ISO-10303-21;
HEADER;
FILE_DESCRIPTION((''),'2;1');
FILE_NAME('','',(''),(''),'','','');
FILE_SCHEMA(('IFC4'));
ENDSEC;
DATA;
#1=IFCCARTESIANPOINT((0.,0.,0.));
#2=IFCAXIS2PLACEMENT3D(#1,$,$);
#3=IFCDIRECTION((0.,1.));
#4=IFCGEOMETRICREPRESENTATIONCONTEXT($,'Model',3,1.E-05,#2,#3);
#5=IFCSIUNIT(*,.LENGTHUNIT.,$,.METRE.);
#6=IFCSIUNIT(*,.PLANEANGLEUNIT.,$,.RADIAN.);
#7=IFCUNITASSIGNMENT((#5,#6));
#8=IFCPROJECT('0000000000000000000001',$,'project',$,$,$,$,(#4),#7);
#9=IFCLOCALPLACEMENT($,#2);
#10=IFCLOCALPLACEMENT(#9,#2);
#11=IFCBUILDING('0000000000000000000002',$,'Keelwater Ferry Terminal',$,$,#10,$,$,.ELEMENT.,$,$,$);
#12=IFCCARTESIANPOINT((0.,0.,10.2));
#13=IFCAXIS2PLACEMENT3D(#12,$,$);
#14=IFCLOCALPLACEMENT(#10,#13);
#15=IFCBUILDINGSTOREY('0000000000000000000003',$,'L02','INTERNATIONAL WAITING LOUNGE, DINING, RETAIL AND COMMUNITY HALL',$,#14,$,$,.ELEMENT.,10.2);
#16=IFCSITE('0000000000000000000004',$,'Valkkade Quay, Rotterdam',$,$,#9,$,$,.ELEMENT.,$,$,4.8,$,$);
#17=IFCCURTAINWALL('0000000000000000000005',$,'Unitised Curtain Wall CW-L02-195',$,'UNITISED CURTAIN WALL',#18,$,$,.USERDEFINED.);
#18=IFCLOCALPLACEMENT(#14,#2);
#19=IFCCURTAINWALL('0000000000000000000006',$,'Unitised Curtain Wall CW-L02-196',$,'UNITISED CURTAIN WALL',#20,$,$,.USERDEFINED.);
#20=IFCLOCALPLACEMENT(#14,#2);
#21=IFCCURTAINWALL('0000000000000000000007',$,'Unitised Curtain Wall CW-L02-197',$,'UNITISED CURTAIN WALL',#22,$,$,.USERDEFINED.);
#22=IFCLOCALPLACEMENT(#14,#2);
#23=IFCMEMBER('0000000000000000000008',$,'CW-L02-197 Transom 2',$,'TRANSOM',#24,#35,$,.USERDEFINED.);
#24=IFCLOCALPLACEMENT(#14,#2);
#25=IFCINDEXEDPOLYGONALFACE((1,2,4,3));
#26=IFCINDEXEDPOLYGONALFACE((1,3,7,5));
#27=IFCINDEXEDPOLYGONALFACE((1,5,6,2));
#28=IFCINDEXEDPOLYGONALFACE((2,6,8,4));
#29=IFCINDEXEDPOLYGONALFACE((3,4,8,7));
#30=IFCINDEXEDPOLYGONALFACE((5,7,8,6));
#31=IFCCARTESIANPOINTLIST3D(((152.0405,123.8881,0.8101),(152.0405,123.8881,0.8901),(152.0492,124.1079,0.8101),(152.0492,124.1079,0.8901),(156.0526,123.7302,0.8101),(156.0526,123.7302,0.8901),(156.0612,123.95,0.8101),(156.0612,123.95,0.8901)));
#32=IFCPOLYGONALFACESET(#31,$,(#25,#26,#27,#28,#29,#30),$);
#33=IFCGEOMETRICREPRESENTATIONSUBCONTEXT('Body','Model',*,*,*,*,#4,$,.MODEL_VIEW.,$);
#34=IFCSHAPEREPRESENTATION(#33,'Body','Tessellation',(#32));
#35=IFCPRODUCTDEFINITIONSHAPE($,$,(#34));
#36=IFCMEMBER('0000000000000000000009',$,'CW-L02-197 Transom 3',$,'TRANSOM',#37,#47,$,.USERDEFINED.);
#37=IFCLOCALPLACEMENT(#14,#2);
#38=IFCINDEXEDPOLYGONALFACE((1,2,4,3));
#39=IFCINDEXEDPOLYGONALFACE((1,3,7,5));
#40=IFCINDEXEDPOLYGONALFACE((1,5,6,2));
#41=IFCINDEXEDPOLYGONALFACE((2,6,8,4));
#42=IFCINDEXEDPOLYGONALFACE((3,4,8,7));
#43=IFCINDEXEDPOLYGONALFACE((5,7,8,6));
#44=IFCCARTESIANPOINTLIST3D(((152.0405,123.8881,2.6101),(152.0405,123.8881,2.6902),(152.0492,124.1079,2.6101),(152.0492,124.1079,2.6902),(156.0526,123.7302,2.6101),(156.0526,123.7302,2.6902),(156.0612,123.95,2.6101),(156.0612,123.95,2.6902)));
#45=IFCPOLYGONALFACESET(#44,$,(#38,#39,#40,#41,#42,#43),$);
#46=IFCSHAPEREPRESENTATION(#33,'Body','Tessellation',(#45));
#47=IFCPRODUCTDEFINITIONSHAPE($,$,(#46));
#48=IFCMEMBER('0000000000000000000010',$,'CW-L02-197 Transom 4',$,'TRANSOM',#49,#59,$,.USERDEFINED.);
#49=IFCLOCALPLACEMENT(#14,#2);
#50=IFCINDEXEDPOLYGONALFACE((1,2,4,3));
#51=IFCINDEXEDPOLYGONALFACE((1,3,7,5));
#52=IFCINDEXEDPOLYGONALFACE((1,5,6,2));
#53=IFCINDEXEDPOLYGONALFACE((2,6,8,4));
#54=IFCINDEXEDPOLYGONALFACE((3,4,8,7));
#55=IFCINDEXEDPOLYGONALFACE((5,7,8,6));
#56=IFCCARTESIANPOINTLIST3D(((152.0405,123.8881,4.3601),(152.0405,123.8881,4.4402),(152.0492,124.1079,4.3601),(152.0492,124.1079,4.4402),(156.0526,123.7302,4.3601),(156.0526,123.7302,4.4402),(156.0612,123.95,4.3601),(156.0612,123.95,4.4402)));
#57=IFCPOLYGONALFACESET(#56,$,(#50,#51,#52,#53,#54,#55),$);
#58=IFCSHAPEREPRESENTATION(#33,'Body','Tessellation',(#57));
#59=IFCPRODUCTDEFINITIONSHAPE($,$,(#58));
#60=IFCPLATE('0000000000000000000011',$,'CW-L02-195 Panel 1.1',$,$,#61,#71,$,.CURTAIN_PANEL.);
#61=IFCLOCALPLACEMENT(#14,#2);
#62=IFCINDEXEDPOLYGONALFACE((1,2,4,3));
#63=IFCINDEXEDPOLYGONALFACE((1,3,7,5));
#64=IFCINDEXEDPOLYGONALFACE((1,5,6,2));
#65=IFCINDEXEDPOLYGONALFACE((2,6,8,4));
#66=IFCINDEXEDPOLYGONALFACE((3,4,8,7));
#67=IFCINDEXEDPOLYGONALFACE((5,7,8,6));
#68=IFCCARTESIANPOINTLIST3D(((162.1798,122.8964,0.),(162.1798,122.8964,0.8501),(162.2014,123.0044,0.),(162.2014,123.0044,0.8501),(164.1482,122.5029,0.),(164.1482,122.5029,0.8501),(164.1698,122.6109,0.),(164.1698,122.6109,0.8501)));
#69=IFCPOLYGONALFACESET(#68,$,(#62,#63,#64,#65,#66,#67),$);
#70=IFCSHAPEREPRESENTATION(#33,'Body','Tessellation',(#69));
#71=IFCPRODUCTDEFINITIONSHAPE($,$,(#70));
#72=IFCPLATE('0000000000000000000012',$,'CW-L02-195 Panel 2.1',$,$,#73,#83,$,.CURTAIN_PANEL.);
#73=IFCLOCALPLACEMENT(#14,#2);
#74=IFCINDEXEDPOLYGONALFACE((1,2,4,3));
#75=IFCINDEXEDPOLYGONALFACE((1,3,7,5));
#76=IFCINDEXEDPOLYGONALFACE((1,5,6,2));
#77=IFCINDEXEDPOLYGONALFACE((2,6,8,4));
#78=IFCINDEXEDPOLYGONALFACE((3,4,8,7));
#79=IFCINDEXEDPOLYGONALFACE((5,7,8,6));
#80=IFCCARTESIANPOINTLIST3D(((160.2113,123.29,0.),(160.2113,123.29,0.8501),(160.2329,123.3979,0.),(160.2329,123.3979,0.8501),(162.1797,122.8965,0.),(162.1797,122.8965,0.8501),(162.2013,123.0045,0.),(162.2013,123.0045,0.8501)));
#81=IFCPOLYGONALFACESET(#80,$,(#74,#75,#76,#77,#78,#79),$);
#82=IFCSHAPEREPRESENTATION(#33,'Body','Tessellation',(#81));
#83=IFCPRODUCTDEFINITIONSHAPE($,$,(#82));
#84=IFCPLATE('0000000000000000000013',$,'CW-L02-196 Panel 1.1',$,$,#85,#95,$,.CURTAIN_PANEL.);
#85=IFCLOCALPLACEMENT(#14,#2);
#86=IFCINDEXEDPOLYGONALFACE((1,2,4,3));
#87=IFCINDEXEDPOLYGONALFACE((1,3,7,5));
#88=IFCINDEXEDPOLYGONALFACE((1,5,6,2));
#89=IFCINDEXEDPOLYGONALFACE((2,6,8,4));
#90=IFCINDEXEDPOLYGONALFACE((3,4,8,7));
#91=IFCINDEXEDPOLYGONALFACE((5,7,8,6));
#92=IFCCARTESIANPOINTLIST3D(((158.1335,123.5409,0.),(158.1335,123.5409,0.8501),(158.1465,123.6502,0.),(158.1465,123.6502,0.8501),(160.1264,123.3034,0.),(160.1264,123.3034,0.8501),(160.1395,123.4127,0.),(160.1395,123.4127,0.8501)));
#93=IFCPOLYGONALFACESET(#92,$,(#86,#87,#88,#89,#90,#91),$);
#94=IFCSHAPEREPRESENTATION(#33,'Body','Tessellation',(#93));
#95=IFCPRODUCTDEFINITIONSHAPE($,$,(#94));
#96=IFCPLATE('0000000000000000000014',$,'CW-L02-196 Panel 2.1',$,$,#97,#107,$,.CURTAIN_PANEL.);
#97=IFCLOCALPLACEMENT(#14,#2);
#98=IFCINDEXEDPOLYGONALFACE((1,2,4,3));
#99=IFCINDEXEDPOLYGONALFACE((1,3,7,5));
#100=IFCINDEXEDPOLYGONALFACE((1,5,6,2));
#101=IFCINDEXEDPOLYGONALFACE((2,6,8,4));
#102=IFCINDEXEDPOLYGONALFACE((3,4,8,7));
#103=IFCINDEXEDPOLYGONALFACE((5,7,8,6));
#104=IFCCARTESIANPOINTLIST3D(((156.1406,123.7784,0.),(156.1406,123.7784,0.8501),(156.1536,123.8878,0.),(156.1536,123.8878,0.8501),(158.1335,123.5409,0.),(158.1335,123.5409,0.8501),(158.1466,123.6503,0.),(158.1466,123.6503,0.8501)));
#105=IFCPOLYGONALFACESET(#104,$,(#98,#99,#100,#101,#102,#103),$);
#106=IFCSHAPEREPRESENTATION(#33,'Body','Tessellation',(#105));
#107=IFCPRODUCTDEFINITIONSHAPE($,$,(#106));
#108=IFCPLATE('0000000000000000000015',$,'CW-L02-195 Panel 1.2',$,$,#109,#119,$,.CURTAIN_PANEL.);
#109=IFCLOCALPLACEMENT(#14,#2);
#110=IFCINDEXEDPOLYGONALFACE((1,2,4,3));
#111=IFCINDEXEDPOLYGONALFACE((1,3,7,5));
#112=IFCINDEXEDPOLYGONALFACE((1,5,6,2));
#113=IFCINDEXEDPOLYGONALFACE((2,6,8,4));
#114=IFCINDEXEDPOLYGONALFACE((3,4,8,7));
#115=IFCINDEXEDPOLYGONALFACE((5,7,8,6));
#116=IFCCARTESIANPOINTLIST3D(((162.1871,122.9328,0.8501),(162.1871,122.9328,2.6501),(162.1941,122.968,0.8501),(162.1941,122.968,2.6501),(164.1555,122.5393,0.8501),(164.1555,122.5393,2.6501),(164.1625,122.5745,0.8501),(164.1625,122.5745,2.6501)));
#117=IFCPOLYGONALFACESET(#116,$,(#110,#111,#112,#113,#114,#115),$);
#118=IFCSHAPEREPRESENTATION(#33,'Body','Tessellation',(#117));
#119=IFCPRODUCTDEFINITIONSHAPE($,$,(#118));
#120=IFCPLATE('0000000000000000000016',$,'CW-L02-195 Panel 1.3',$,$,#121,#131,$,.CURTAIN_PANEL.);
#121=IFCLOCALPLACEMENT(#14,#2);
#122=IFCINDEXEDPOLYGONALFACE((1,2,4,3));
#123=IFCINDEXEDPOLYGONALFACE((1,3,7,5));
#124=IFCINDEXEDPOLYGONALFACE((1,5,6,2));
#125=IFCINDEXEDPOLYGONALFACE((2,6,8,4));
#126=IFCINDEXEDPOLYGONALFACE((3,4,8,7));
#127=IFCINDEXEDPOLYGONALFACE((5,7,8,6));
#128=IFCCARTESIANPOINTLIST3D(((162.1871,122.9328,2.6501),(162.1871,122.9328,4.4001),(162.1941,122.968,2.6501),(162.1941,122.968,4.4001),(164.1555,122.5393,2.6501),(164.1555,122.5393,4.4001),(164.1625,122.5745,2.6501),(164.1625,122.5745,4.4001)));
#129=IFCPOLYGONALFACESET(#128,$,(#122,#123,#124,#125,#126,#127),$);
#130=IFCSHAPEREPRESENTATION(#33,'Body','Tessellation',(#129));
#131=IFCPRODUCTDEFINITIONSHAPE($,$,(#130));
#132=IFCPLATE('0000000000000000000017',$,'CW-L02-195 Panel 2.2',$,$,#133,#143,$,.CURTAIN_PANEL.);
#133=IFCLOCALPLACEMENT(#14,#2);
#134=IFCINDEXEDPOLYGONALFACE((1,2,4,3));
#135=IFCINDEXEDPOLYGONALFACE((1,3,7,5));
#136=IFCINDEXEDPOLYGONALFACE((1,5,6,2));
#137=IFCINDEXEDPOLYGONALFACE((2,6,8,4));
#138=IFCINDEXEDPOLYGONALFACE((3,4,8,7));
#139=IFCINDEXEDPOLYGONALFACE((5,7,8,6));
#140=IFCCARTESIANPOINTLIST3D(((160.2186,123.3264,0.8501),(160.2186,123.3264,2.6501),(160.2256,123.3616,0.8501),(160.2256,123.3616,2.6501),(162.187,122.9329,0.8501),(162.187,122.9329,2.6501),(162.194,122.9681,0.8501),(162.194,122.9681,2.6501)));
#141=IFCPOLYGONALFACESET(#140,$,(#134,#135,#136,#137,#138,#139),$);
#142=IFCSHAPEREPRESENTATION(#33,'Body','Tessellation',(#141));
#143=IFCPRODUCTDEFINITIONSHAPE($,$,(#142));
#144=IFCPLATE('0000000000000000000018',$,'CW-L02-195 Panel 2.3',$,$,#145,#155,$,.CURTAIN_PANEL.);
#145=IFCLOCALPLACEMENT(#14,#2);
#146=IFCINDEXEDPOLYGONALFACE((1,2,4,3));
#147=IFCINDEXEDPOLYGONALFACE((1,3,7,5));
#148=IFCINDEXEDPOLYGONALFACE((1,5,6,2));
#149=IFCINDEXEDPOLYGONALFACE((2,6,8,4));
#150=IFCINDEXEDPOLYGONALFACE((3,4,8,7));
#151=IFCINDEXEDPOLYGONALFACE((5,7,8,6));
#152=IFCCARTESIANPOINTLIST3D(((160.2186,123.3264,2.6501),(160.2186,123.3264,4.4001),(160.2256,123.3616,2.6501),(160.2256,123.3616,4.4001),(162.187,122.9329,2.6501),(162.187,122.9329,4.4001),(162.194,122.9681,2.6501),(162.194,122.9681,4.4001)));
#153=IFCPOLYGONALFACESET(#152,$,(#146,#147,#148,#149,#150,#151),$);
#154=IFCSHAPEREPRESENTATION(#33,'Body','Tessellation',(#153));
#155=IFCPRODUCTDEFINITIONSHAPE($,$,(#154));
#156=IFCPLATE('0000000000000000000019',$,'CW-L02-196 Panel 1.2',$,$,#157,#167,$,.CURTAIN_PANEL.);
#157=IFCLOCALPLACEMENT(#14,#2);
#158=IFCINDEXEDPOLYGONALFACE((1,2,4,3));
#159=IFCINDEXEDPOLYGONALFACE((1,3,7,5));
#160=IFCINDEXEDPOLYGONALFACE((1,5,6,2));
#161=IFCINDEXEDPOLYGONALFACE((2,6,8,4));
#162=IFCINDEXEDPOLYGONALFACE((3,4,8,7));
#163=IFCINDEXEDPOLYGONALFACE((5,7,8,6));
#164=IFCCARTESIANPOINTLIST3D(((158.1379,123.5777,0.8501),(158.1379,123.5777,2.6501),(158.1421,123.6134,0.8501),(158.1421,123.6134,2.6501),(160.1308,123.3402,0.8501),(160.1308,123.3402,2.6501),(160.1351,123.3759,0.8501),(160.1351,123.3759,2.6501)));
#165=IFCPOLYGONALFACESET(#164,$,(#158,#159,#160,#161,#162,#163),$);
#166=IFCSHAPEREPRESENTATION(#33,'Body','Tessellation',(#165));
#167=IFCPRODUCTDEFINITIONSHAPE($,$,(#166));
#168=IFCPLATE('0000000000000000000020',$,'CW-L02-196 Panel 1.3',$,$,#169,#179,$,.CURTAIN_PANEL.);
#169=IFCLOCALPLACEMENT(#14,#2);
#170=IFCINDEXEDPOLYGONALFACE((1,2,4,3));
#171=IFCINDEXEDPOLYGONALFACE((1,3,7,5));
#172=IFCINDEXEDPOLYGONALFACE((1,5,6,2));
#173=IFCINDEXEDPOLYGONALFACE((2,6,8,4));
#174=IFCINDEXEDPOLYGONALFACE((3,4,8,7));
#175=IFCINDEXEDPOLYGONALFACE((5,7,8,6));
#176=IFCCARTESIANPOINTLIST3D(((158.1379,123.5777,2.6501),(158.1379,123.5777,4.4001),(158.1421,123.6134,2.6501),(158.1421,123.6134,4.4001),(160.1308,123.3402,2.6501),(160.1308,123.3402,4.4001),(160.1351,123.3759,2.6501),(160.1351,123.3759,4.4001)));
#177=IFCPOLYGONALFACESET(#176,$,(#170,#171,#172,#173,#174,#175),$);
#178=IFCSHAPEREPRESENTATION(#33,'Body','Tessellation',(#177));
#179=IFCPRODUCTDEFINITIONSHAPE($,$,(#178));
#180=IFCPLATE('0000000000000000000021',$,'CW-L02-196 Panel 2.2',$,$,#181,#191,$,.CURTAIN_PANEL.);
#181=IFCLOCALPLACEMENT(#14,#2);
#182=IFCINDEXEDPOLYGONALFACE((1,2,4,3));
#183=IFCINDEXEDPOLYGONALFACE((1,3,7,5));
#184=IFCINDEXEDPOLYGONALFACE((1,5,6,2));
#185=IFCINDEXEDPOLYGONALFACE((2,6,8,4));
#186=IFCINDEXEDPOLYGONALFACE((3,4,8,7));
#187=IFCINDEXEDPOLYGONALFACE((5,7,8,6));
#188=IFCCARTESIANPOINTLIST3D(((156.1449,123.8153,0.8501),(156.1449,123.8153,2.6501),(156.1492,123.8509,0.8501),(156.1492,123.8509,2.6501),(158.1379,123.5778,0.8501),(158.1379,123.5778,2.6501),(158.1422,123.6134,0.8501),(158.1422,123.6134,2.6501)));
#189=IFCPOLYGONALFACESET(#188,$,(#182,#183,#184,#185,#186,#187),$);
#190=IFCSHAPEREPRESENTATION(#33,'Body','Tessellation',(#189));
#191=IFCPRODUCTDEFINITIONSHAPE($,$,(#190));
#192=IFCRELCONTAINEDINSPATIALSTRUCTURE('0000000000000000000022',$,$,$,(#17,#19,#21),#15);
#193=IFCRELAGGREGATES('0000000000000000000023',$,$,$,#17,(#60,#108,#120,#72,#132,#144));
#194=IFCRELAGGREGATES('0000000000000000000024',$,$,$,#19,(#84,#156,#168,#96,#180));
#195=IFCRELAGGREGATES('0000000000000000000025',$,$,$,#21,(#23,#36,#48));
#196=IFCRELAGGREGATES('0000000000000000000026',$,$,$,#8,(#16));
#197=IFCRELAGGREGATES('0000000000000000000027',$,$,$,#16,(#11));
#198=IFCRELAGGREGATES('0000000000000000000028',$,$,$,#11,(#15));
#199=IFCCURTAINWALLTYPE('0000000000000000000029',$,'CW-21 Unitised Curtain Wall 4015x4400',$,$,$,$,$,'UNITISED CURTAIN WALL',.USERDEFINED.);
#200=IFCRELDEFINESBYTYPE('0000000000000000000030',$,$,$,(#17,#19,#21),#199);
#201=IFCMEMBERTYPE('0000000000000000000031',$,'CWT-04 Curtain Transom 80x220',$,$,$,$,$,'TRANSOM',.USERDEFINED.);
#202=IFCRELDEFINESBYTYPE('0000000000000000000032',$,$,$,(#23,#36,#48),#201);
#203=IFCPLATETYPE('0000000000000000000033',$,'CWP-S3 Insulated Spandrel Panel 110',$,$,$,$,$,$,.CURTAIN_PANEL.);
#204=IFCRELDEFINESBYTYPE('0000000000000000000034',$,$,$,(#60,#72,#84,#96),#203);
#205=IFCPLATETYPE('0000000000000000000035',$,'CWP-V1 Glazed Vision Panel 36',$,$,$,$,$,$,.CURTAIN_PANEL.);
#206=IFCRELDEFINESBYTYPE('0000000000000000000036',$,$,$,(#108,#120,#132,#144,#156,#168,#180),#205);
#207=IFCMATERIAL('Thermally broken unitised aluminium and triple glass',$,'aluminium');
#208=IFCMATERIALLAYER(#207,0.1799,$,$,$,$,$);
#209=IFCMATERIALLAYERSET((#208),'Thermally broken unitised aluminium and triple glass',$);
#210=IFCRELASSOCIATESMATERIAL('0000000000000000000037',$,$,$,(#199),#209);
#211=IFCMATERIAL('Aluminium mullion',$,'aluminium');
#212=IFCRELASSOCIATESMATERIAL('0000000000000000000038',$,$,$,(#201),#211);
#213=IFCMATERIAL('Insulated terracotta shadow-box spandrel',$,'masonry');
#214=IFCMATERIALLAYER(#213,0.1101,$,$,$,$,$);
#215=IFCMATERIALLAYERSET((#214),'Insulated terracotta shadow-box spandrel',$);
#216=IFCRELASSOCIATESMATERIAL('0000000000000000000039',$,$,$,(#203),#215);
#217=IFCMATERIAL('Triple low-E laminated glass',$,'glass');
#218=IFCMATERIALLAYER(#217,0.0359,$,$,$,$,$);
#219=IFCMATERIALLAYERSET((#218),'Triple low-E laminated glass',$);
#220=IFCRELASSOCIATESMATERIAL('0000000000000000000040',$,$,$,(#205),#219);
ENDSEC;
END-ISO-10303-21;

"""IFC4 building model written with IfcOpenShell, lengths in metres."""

from ifc_helpers import new_model, si_unit, direction, frame, origin, origin_2d, place, context, subcontext, project, spatial, rectangle, extrude, material, layer, layer_set, material_profile, profile_set, type_object, element, aggregate, save


model = new_model("IFC4")

# Units and contexts
model_context = context("Model", 3, precision=1e-05, world=origin(), true_north=direction((0.0, 1.0)))
body_context = subcontext(model_context, "Body", "Model", "MODEL_VIEW")
ifc_project = project(units=[si_unit("LENGTHUNIT", "METRE"), si_unit("PLANEANGLEUNIT", "RADIAN")], contexts=[model_context])

# Site, building, storey
site_placement = place(None, origin())
site = spatial("IfcSite", under=ifc_project, at=site_placement, Name="Valkkade Quay, Rotterdam", CompositionType="ELEMENT", RefElevation=4.8)
building_placement = place(site_placement, origin())
building = spatial("IfcBuilding", under=site, at=building_placement, Name="Keelwater Ferry Terminal", CompositionType="ELEMENT")
storey_placement = place(building_placement, frame((0.0, 0.0, 10.2)))
storey = spatial("IfcBuildingStorey", under=building, at=storey_placement, Name="L02", Description="INTERNATIONAL WAITING LOUNGE, DINING, RETAIL AND COMMUNITY HALL", CompositionType="ELEMENT", Elevation=10.2)

# Curtain walls
ifc_material_1 = material(Name="Thermally broken unitised aluminium and triple glass", Category="aluminium")
ifc_layer_1 = layer(ifc_material_1, 0.1799)
ifc_layer_set_1 = layer_set([ifc_layer_1], Name="Thermally broken unitised aluminium and triple glass")
curtain_wall_type = type_object("IfcCurtainWallType", Name="CW-21 Unitised Curtain Wall 4015x4400", ElementType="UNITISED CURTAIN WALL", PredefinedType="USERDEFINED", material=ifc_layer_set_1)
curtain_wall_1_placement = place(storey_placement, origin())
curtain_wall_1 = element("IfcCurtainWall", 1, at=curtain_wall_1_placement, inside=storey, type_object=curtain_wall_type, Name="Unitised Curtain Wall CW-L02-195", ObjectType="UNITISED CURTAIN WALL", PredefinedType="USERDEFINED")
curtain_wall_2_placement = place(storey_placement, origin())
curtain_wall_2 = element("IfcCurtainWall", 2, at=curtain_wall_2_placement, inside=storey, type_object=curtain_wall_type, Name="Unitised Curtain Wall CW-L02-196", ObjectType="UNITISED CURTAIN WALL", PredefinedType="USERDEFINED")

# Curtain wall
curtain_wall_3_placement = place(storey_placement, origin())
curtain_wall_3 = element("IfcCurtainWall", 3, at=curtain_wall_3_placement, inside=storey, type_object=curtain_wall_type, Name="Unitised Curtain Wall CW-L02-197", ObjectType="UNITISED CURTAIN WALL", PredefinedType="USERDEFINED")

# Members
ifc_material_2 = material(Name="Aluminium mullion", Category="aluminium")
ifc_material_profile_1 = material_profile(ifc_material_2, rectangle(XDim=0.22, YDim=0.0801, at=origin_2d()), Name="CWT-04")
ifc_profile_set_1 = profile_set([ifc_material_profile_1], Name="Aluminium mullion")
member_type_1 = type_object("IfcMemberType", Name="CWT-04 Curtain Transom 80x220", ElementType="TRANSOM", PredefinedType="USERDEFINED", material=ifc_profile_set_1)
member_1_placement = place(storey_placement, frame((156.0569, 123.8401, 0.8501), z_axis=(-0.999226, 0.039342, 0.0), x_axis=(-0.039342, -0.999226, 0.0)))
member_1 = element("IfcMember", 4, at=member_1_placement, type_object=member_type_1, Name="CW-L02-197 Transom 2", ObjectType="TRANSOM", PredefinedType="USERDEFINED", context=body_context, shape_type="SweptSolid", body=[
    extrude(rectangle(XDim=0.22, YDim=0.0801, at=origin_2d()), origin(), (0.0, 0.0, 1.0), 4.0151),
])
member_2_placement = place(storey_placement, frame((156.0569, 123.8401, 2.6501), z_axis=(-0.999226, 0.039342, 0.0), x_axis=(-0.039342, -0.999226, 0.0)))
member_2 = element("IfcMember", 5, at=member_2_placement, type_object=member_type_1, Name="CW-L02-197 Transom 3", ObjectType="TRANSOM", PredefinedType="USERDEFINED", context=body_context, shape_type="SweptSolid", body=[
    extrude(rectangle(XDim=0.22, YDim=0.0801, at=origin_2d()), origin(), (0.0, 0.0, 1.0), 4.0151),
])
member_3_placement = place(storey_placement, frame((156.0569, 123.8401, 4.4001), z_axis=(-0.999226, 0.039342, 0.0), x_axis=(-0.039342, -0.999226, 0.0)))
member_3 = element("IfcMember", 6, at=member_3_placement, type_object=member_type_1, Name="CW-L02-197 Transom 4", ObjectType="TRANSOM", PredefinedType="USERDEFINED", context=body_context, shape_type="SweptSolid", body=[
    extrude(rectangle(XDim=0.22, YDim=0.0801, at=origin_2d()), origin(), (0.0, 0.0, 1.0), 4.0151),
])

# Plates
ifc_material_3 = material(Name="Insulated terracotta shadow-box spandrel", Category="masonry")
ifc_layer_2 = layer(ifc_material_3, 0.1101)
ifc_layer_set_2 = layer_set([ifc_layer_2], Name="Insulated terracotta shadow-box spandrel")
plate_type_1 = type_object("IfcPlateType", Name="CWP-S3 Insulated Spandrel Panel 110", PredefinedType="CURTAIN_PANEL", material=ifc_layer_set_2)
plate_1_placement = place(storey_placement, frame((163.1748, 122.7537, 0.0), z_axis=(0.0, 0.0, 1.0), x_axis=(-0.9806, 0.19602, 0.0)))
plate_1 = element("IfcPlate", 7, at=plate_1_placement, type_object=plate_type_1, Name="CW-L02-195 Panel 1.1", PredefinedType="CURTAIN_PANEL", context=body_context, shape_type="SweptSolid", body=[
    extrude(rectangle(XDim=2.0073, YDim=0.1101, at=origin_2d()), origin(), (0.0, 0.0, 1.0), 0.8501),
])
plate_2_placement = place(storey_placement, frame((161.2063, 123.1472, 0.0), z_axis=(0.0, 0.0, 1.0), x_axis=(-0.9806, 0.19602, 0.0)))
plate_2 = element("IfcPlate", 8, at=plate_2_placement, type_object=plate_type_1, Name="CW-L02-195 Panel 2.1", PredefinedType="CURTAIN_PANEL", context=body_context, shape_type="SweptSolid", body=[
    extrude(rectangle(XDim=2.0073, YDim=0.1101, at=origin_2d()), origin(), (0.0, 0.0, 1.0), 0.8501),
])
plate_3_placement = place(storey_placement, frame((159.1365, 123.4768, 0.0), z_axis=(0.0, 0.0, 1.0), x_axis=(-0.992974, 0.11833, 0.0)))
plate_3 = element("IfcPlate", 9, at=plate_3_placement, type_object=plate_type_1, Name="CW-L02-196 Panel 1.1", PredefinedType="CURTAIN_PANEL", context=body_context, shape_type="SweptSolid", body=[
    extrude(rectangle(XDim=2.0071, YDim=0.1101, at=origin_2d()), origin(), (0.0, 0.0, 1.0), 0.8501),
])
plate_4_placement = place(storey_placement, frame((157.1436, 123.7144, 0.0), z_axis=(0.0, 0.0, 1.0), x_axis=(-0.992974, 0.11833, 0.0)))
plate_4 = element("IfcPlate", 10, at=plate_4_placement, type_object=plate_type_1, Name="CW-L02-196 Panel 2.1", PredefinedType="CURTAIN_PANEL", context=body_context, shape_type="SweptSolid", body=[
    extrude(rectangle(XDim=2.0071, YDim=0.1101, at=origin_2d()), origin(), (0.0, 0.0, 1.0), 0.8501),
])
ifc_material_4 = material(Name="Triple low-E laminated glass", Category="glass")
ifc_layer_3 = layer(ifc_material_4, 0.0359)
ifc_layer_set_3 = layer_set([ifc_layer_3], Name="Triple low-E laminated glass")
plate_type_2 = type_object("IfcPlateType", Name="CWP-V1 Glazed Vision Panel 36", PredefinedType="CURTAIN_PANEL", material=ifc_layer_set_3)
plate_5_placement = place(storey_placement, frame((163.1748, 122.7537, 0.8501), z_axis=(0.0, 0.0, 1.0), x_axis=(-0.9806, 0.19602, 0.0)))
plate_5 = element("IfcPlate", 11, at=plate_5_placement, type_object=plate_type_2, Name="CW-L02-195 Panel 1.2", PredefinedType="CURTAIN_PANEL", context=body_context, shape_type="SweptSolid", body=[
    extrude(rectangle(XDim=2.0073, YDim=0.0359, at=origin_2d()), origin(), (0.0, 0.0, 1.0), 1.8),
])
plate_6_placement = place(storey_placement, frame((163.1748, 122.7537, 2.6501), z_axis=(0.0, 0.0, 1.0), x_axis=(-0.9806, 0.19602, 0.0)))
plate_6 = element("IfcPlate", 12, at=plate_6_placement, type_object=plate_type_2, Name="CW-L02-195 Panel 1.3", PredefinedType="CURTAIN_PANEL", context=body_context, shape_type="SweptSolid", body=[
    extrude(rectangle(XDim=2.0073, YDim=0.0359, at=origin_2d()), origin(), (0.0, 0.0, 1.0), 1.75),
])
plate_7_placement = place(storey_placement, frame((161.2063, 123.1472, 0.8501), z_axis=(0.0, 0.0, 1.0), x_axis=(-0.9806, 0.19602, 0.0)))
plate_7 = element("IfcPlate", 13, at=plate_7_placement, type_object=plate_type_2, Name="CW-L02-195 Panel 2.2", PredefinedType="CURTAIN_PANEL", context=body_context, shape_type="SweptSolid", body=[
    extrude(rectangle(XDim=2.0073, YDim=0.0359, at=origin_2d()), origin(), (0.0, 0.0, 1.0), 1.8),
])
plate_8_placement = place(storey_placement, frame((161.2063, 123.1472, 2.6501), z_axis=(0.0, 0.0, 1.0), x_axis=(-0.9806, 0.19602, 0.0)))
plate_8 = element("IfcPlate", 14, at=plate_8_placement, type_object=plate_type_2, Name="CW-L02-195 Panel 2.3", PredefinedType="CURTAIN_PANEL", context=body_context, shape_type="SweptSolid", body=[
    extrude(rectangle(XDim=2.0073, YDim=0.0359, at=origin_2d()), origin(), (0.0, 0.0, 1.0), 1.75),
])
aggregate(curtain_wall_1, [plate_1, plate_5, plate_6, plate_2, plate_7, plate_8])
plate_9_placement = place(storey_placement, frame((159.1365, 123.4768, 0.8501), z_axis=(0.0, 0.0, 1.0), x_axis=(-0.992974, 0.11833, 0.0)))
plate_9 = element("IfcPlate", 15, at=plate_9_placement, type_object=plate_type_2, Name="CW-L02-196 Panel 1.2", PredefinedType="CURTAIN_PANEL", context=body_context, shape_type="SweptSolid", body=[
    extrude(rectangle(XDim=2.0071, YDim=0.0359, at=origin_2d()), origin(), (0.0, 0.0, 1.0), 1.8),
])
plate_10_placement = place(storey_placement, frame((159.1365, 123.4768, 2.6501), z_axis=(0.0, 0.0, 1.0), x_axis=(-0.992974, 0.11833, 0.0)))
plate_10 = element("IfcPlate", 16, at=plate_10_placement, type_object=plate_type_2, Name="CW-L02-196 Panel 1.3", PredefinedType="CURTAIN_PANEL", context=body_context, shape_type="SweptSolid", body=[
    extrude(rectangle(XDim=2.0071, YDim=0.0359, at=origin_2d()), origin(), (0.0, 0.0, 1.0), 1.75),
])
plate_11_placement = place(storey_placement, frame((157.1436, 123.7144, 0.8501), z_axis=(0.0, 0.0, 1.0), x_axis=(-0.992974, 0.11833, 0.0)))
plate_11 = element("IfcPlate", 17, at=plate_11_placement, type_object=plate_type_2, Name="CW-L02-196 Panel 2.2", PredefinedType="CURTAIN_PANEL", context=body_context, shape_type="SweptSolid", body=[
    extrude(rectangle(XDim=2.0071, YDim=0.0359, at=origin_2d()), origin(), (0.0, 0.0, 1.0), 1.8),
])
aggregate(curtain_wall_2, [plate_3, plate_9, plate_10, plate_4, plate_11])
aggregate(curtain_wall_3, [member_1, member_2, member_3])

save(model, "model.ifc")
